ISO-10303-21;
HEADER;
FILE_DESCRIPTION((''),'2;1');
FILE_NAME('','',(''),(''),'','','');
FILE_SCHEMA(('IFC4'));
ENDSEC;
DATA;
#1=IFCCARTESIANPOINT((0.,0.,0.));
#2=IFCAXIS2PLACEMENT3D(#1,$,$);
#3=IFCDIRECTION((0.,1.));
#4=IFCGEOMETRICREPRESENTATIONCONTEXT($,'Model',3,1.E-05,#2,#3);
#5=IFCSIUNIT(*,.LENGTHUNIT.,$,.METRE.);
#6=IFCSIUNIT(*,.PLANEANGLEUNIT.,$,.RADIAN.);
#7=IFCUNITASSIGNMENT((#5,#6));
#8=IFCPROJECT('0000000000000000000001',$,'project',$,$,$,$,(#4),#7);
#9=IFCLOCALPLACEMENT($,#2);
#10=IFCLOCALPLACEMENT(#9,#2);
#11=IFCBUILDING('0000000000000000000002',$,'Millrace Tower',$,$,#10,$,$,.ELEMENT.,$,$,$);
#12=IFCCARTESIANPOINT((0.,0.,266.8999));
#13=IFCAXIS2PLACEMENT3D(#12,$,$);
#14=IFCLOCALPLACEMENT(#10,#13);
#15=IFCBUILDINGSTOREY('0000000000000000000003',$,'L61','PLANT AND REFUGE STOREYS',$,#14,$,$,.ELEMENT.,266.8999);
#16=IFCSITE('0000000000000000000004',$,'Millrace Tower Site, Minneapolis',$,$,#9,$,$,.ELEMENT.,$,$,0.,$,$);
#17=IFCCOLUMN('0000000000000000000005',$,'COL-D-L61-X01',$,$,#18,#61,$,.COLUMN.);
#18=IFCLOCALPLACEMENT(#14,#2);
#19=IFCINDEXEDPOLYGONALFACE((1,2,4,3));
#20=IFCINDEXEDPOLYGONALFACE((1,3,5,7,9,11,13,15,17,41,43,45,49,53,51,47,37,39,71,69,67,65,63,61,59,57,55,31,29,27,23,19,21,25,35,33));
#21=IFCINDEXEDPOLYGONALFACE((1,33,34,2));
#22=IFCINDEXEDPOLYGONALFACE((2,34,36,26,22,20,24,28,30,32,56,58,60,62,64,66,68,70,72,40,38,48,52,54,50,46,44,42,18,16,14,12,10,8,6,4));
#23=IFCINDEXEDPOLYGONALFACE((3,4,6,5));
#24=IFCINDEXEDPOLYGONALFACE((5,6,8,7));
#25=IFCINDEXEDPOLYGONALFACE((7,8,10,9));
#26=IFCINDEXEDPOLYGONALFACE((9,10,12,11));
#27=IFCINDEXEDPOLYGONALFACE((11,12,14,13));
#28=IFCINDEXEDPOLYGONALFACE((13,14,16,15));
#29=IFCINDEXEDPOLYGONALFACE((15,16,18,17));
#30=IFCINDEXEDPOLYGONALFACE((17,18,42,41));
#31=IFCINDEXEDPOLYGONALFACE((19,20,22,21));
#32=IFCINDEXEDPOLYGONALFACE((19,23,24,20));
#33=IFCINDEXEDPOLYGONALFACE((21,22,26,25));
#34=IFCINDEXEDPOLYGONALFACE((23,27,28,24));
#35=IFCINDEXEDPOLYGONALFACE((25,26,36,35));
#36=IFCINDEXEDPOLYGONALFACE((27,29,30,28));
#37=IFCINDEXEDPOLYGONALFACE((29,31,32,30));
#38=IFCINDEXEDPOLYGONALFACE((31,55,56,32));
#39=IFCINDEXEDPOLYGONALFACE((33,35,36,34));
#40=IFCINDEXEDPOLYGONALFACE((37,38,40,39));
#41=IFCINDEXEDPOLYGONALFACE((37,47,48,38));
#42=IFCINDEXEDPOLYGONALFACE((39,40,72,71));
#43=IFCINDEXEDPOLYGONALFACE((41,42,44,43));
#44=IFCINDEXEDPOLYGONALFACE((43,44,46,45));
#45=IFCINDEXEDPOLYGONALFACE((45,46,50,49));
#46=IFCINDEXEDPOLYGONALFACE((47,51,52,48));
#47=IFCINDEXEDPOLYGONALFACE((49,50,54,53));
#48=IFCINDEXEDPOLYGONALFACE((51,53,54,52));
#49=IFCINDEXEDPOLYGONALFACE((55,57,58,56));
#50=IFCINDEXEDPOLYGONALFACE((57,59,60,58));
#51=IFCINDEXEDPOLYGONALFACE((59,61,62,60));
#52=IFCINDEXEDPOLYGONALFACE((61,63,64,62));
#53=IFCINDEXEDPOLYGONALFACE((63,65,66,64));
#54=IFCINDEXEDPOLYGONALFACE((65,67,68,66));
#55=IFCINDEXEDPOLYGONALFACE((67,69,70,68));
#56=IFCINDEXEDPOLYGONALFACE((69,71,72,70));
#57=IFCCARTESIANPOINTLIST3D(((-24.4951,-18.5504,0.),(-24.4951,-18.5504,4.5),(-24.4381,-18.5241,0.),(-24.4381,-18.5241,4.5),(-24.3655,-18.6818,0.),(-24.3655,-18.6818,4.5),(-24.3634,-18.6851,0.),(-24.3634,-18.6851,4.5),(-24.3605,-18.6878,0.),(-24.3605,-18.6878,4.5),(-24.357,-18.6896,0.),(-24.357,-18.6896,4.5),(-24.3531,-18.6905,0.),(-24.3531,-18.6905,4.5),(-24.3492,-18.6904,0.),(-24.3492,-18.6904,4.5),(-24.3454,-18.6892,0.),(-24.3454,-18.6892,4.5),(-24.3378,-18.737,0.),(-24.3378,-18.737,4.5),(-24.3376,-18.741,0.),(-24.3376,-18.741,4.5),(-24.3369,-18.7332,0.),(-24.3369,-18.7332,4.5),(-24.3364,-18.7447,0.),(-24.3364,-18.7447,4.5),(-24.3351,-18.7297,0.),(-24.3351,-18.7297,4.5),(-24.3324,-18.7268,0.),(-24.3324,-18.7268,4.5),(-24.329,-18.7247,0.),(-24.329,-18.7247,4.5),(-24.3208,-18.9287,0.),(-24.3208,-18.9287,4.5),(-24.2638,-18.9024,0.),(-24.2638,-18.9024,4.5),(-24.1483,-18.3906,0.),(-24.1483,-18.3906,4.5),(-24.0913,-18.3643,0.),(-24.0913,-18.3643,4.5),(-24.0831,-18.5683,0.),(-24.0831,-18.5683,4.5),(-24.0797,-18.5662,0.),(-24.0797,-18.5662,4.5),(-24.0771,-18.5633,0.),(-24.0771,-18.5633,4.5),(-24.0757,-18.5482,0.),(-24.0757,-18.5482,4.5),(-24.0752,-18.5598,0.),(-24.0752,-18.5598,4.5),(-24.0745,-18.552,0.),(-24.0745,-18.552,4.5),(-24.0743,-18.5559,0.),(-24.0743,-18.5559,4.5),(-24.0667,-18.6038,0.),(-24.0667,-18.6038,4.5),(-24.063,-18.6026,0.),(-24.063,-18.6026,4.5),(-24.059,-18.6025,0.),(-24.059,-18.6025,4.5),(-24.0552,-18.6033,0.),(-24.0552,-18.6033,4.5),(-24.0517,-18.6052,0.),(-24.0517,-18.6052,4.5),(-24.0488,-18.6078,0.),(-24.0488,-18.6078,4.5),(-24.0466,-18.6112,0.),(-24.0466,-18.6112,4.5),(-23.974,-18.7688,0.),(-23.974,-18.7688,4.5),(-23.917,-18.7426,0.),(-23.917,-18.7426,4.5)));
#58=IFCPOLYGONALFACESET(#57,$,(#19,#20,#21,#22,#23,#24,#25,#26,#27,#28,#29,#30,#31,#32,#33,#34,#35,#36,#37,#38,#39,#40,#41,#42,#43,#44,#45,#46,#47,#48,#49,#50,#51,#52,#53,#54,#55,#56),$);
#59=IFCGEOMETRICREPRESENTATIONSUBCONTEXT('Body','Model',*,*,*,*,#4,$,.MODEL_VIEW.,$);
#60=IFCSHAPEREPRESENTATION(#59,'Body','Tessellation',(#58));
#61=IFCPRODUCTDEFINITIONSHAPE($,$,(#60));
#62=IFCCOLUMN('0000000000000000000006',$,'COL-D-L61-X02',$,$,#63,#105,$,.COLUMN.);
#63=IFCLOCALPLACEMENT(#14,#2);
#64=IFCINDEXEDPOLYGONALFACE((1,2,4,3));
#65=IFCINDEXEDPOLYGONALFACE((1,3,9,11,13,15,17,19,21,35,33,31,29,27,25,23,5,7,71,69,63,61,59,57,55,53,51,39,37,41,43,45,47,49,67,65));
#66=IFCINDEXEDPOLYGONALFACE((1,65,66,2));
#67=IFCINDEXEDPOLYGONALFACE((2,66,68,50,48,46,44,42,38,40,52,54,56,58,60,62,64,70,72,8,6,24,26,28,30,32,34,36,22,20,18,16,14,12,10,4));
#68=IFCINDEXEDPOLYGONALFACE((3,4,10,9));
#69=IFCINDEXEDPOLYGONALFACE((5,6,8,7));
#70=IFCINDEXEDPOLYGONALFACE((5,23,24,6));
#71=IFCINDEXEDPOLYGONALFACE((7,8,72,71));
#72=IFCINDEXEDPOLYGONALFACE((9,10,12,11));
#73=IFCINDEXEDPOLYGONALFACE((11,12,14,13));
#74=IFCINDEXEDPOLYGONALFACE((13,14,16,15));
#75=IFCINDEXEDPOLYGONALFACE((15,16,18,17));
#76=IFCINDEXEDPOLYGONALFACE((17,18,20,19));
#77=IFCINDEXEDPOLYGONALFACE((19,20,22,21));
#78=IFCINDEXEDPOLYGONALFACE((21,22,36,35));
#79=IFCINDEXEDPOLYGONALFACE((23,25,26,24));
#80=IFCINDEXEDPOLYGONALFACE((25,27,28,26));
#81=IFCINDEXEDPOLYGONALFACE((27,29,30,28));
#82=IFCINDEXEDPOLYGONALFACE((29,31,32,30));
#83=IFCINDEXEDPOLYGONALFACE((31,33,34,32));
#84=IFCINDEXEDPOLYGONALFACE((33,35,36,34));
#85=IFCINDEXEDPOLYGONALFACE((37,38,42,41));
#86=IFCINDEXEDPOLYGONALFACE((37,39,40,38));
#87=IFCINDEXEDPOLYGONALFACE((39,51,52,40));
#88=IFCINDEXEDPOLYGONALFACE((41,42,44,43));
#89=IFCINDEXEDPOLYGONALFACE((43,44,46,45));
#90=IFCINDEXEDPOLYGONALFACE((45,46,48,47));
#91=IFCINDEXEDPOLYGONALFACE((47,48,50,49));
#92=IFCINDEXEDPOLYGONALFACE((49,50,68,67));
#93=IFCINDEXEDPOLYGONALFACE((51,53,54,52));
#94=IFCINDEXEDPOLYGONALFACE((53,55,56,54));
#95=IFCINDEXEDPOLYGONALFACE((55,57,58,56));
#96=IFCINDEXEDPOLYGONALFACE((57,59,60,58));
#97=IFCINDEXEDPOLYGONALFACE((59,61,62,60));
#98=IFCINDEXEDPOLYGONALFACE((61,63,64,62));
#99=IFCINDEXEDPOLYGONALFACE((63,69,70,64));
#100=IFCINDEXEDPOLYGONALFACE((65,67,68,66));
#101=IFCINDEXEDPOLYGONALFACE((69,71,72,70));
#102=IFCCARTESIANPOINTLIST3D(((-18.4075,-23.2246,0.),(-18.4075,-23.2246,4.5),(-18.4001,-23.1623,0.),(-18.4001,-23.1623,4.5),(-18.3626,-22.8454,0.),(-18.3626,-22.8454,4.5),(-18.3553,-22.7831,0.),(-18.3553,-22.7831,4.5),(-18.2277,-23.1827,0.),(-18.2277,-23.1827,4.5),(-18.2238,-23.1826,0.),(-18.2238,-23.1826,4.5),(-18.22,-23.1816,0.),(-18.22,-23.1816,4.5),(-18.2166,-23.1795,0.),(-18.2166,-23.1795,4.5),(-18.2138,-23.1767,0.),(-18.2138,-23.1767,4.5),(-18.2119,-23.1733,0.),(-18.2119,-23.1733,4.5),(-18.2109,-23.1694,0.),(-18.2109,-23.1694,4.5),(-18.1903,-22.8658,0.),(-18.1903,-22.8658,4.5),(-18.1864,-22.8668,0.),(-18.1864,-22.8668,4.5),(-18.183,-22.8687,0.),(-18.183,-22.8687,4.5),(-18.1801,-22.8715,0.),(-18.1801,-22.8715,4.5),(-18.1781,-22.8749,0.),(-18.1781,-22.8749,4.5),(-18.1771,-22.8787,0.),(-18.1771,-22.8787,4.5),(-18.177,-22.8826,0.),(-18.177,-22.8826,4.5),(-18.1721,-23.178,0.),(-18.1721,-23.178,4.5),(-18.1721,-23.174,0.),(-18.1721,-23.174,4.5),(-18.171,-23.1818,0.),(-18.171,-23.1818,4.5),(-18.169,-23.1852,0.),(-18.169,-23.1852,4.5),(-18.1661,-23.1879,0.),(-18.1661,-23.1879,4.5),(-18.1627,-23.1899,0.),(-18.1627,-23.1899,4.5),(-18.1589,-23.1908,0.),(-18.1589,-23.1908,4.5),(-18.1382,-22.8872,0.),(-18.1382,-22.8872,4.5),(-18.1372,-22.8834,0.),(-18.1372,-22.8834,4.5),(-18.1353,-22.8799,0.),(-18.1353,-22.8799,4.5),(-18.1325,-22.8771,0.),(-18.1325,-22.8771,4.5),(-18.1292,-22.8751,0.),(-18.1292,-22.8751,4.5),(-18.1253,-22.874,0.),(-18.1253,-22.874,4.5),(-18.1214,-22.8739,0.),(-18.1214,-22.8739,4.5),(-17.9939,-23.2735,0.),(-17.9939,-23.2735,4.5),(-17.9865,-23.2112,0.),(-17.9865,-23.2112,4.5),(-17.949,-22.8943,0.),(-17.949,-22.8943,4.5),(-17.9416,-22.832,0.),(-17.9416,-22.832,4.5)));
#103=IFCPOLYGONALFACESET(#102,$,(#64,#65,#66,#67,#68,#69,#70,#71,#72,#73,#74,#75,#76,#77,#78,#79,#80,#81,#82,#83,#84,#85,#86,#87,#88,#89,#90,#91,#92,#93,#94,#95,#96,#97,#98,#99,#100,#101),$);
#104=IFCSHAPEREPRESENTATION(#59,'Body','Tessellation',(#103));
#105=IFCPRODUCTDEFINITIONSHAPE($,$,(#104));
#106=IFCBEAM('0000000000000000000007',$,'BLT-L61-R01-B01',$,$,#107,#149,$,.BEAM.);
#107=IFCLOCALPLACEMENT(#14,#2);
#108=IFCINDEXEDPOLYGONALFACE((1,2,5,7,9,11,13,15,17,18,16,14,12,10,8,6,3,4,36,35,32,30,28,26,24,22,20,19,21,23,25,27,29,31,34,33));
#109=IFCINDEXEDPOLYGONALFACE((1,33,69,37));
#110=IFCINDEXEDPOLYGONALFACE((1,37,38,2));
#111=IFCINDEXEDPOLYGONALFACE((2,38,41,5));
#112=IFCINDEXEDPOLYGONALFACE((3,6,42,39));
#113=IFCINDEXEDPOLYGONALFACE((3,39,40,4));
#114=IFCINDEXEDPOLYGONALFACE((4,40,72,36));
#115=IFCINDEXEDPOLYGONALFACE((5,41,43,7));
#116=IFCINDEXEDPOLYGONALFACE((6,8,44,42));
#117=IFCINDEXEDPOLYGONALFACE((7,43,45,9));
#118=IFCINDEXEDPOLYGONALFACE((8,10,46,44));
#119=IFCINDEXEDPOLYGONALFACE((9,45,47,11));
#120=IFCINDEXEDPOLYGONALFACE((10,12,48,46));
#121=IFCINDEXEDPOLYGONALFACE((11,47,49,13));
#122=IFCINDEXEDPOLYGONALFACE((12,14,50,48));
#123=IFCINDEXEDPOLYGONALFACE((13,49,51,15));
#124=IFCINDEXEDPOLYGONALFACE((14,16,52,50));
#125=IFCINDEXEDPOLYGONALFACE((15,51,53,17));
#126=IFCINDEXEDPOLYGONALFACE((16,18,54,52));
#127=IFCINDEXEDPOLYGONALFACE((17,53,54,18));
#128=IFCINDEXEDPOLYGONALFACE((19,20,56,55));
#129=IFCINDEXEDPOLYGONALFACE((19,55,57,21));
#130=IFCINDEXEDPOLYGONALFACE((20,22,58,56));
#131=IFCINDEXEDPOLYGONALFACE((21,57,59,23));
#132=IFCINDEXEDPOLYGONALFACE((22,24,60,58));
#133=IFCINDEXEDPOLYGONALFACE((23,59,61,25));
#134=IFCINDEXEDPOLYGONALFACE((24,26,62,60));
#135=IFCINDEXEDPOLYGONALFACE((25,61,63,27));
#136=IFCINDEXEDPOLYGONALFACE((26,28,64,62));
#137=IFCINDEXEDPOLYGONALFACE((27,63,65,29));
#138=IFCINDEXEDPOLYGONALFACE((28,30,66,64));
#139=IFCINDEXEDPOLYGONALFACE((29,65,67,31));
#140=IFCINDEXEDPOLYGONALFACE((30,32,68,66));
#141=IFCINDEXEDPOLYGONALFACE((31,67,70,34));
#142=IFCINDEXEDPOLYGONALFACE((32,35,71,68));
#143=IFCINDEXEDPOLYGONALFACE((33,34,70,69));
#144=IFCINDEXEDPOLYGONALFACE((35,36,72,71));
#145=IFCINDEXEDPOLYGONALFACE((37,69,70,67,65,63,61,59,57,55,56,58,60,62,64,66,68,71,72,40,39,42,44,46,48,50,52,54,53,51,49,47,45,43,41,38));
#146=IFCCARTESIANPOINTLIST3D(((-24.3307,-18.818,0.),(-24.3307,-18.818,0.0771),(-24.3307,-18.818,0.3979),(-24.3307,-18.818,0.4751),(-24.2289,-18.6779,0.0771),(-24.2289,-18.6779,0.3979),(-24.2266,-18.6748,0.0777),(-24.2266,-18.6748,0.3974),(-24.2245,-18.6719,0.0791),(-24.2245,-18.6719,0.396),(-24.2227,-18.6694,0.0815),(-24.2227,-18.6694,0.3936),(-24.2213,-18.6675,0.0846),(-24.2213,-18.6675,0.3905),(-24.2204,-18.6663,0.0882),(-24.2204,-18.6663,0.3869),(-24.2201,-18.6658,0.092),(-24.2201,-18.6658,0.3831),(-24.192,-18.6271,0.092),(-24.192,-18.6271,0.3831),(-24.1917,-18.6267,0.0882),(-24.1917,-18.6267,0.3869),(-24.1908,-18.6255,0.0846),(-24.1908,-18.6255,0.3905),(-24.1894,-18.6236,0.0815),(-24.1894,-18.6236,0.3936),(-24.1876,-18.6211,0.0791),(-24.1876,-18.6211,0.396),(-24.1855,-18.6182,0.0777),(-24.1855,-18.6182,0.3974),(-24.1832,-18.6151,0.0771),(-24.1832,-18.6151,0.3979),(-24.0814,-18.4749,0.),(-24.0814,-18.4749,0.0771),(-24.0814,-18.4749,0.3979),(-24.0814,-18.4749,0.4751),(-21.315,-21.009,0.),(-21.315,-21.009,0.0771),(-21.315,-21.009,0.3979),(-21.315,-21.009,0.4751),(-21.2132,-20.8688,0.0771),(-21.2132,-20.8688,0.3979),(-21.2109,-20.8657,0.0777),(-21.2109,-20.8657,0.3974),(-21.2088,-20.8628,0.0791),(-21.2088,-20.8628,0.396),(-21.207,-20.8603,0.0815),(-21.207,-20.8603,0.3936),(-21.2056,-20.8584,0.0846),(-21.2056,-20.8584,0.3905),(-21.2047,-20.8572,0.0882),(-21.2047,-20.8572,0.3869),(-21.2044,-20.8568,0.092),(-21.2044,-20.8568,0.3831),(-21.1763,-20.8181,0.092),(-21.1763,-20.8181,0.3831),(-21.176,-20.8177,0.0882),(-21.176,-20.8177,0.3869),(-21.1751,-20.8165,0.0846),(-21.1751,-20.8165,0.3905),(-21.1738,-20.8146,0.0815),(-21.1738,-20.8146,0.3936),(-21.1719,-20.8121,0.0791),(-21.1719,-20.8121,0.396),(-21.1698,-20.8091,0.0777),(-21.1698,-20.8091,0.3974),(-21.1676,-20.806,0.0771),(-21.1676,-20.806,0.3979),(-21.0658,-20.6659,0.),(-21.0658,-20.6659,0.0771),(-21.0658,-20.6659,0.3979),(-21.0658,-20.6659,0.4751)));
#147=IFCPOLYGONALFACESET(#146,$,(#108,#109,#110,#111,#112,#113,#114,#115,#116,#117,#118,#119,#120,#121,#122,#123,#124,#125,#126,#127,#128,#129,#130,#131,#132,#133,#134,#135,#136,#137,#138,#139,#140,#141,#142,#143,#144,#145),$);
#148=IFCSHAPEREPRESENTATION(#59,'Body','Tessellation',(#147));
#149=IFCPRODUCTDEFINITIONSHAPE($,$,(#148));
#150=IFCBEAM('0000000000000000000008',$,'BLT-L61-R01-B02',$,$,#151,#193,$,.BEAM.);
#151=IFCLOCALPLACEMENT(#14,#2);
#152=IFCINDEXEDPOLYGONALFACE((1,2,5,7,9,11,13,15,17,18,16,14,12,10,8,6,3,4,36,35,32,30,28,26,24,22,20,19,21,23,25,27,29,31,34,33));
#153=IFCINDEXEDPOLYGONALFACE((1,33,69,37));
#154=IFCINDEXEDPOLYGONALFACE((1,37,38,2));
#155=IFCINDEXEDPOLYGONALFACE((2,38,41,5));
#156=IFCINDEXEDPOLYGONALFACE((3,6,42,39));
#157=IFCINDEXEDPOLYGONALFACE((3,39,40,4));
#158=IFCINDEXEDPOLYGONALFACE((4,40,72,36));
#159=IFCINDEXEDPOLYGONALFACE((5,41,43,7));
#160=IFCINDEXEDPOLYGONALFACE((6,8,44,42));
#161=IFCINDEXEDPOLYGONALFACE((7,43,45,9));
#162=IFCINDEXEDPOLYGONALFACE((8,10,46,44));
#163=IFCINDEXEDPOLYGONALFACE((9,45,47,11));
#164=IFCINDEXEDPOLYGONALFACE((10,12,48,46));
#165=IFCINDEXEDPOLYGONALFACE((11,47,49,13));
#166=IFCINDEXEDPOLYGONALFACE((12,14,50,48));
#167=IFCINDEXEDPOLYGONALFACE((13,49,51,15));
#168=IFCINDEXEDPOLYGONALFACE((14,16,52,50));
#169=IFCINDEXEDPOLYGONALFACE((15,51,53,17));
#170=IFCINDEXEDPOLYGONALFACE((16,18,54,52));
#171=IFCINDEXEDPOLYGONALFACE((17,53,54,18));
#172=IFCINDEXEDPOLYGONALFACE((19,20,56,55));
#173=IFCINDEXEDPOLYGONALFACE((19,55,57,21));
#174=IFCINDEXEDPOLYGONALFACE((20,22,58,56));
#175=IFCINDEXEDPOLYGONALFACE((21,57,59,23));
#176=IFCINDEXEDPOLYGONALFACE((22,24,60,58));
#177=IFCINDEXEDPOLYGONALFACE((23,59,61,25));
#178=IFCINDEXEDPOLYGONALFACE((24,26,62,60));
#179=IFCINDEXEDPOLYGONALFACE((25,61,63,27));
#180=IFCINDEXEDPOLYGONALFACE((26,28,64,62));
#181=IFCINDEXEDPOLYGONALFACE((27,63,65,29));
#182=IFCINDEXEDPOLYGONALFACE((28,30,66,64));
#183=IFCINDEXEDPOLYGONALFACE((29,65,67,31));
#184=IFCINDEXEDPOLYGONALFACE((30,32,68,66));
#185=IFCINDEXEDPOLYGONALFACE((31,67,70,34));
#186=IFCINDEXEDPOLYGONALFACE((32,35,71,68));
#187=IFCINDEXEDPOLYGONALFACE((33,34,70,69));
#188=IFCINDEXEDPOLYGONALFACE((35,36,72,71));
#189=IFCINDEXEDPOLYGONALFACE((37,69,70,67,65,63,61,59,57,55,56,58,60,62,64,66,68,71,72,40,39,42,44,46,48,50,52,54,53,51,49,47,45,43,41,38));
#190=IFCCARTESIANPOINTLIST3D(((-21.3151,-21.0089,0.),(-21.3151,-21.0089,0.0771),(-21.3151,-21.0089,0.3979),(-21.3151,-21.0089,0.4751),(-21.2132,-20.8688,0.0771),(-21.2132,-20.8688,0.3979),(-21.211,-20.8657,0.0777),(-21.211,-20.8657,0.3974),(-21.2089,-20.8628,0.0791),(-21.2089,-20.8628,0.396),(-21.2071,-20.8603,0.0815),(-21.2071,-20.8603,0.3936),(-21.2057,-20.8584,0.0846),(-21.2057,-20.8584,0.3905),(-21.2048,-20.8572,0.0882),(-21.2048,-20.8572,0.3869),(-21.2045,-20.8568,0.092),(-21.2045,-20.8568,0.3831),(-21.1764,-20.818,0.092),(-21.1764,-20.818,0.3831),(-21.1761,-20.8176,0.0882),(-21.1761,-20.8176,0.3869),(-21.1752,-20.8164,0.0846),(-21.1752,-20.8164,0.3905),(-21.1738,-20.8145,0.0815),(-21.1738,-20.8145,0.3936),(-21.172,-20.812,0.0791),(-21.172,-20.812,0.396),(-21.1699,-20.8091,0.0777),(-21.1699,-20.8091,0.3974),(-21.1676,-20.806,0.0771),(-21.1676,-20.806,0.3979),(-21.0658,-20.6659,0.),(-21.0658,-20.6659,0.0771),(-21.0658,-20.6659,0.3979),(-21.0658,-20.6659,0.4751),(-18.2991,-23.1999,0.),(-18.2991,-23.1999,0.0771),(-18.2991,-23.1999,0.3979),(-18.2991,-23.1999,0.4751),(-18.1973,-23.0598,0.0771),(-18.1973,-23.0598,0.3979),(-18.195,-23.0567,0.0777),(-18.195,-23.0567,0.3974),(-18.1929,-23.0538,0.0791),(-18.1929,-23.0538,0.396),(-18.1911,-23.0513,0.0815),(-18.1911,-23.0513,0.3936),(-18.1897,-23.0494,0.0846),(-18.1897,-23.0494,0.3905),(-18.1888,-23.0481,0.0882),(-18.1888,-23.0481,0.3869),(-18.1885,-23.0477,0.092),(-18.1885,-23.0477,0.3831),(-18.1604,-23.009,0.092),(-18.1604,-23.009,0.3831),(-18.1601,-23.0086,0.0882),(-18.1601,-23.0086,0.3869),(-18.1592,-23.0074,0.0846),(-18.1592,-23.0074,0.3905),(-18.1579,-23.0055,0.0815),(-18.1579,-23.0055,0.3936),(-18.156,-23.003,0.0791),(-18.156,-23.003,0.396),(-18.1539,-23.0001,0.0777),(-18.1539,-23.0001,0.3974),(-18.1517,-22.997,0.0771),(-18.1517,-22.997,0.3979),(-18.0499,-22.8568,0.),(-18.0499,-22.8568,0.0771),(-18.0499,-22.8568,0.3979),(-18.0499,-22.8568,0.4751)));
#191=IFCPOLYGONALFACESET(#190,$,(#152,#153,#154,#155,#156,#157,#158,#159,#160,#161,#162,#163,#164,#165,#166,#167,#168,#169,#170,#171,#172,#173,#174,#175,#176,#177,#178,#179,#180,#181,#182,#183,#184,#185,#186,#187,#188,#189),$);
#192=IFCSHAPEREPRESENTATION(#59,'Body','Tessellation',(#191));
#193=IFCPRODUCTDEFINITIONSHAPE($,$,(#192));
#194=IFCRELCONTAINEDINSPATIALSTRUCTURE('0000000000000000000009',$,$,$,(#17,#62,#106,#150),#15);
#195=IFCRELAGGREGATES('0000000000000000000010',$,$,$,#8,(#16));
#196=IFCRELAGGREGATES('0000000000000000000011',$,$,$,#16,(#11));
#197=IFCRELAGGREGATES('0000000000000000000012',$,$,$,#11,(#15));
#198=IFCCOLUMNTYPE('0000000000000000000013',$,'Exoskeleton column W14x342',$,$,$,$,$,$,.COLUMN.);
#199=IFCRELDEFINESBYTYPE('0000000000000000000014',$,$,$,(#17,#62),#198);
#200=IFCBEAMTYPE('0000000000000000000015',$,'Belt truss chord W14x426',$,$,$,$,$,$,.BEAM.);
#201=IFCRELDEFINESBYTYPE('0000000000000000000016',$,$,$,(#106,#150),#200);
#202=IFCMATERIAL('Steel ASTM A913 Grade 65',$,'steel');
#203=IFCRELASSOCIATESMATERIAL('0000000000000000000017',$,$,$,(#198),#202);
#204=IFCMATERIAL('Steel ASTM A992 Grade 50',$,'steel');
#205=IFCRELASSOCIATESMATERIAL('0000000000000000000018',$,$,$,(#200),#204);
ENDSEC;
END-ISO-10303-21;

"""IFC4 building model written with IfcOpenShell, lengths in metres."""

from ifc_helpers import new_model, si_unit, direction, frame, origin, origin_2d, place, context, subcontext, project, spatial, i_section, extrude, material, material_profile, profile_set, type_object, element, save


model = new_model("IFC4")

# Units and contexts
model_context = context("Model", 3, precision=1e-05, world=origin(), true_north=direction((0.0, 1.0)))
body_context = subcontext(model_context, "Body", "Model", "MODEL_VIEW")
ifc_project = project(units=[si_unit("LENGTHUNIT", "METRE"), si_unit("PLANEANGLEUNIT", "RADIAN")], contexts=[model_context])

# Site, building, storey
site_placement = place(None, origin())
site = spatial("IfcSite", under=ifc_project, at=site_placement, Name="Millrace Tower Site, Minneapolis", CompositionType="ELEMENT", RefElevation=0.0)
building_placement = place(site_placement, origin())
building = spatial("IfcBuilding", under=site, at=building_placement, Name="Millrace Tower", CompositionType="ELEMENT")
storey_placement = place(building_placement, frame((0.0, 0.0, 266.8999)))
storey = spatial("IfcBuildingStorey", under=building, at=storey_placement, Name="L61", Description="PLANT AND REFUGE STOREYS", CompositionType="ELEMENT", Elevation=266.8999)

# Columns
ifc_material_1 = material(Name="Steel ASTM A913 Grade 65", Category="steel")
ifc_material_profile_1 = material_profile(ifc_material_1, i_section(OverallWidth=0.4165, OverallDepth=0.4446, WebThickness=0.0391, FlangeThickness=0.0627, FilletRadius=0.0151, at=origin_2d()))
ifc_profile_set_1 = profile_set([ifc_material_profile_1], Name="Steel ASTM A913 Grade 65")
column_type = type_object("IfcColumnType", Name="Exoskeleton column W14x342", PredefinedType="COLUMN", material=ifc_profile_set_1)
for number, where, z_axis, x_axis, name in (
    (1, (-24.2061, -18.6465, 0.0), (0.0, 0.0, 1.0), (0.418553, -0.908192, 0.0), "COL-D-L61-X01"),
    (2, (-18.1746, -23.0283, 0.0), (0.0, 0.0, 1.0), (0.993082, -0.117421, 0.0), "COL-D-L61-X02"),
):
    element("IfcColumn", number, at=place(storey_placement, frame(where, z_axis=z_axis, x_axis=x_axis)), inside=storey, type_object=column_type, Name=name, PredefinedType="COLUMN", context=body_context, shape_type="SweptSolid", body=[
        extrude(i_section(OverallWidth=0.4165, OverallDepth=0.4446, WebThickness=0.0391, FlangeThickness=0.0627, FilletRadius=0.0151, at=origin_2d()), origin(), (0.0, 0.0, 1.0), 4.5),
    ])

# Beams
ifc_material_2 = material(Name="Steel ASTM A992 Grade 50", Category="steel")
ifc_material_profile_2 = material_profile(ifc_material_2, i_section(OverallWidth=0.4241, OverallDepth=0.4751, WebThickness=0.0479, FlangeThickness=0.0771, FilletRadius=0.0149, at=origin_2d()))
ifc_profile_set_2 = profile_set([ifc_material_profile_2], Name="Steel ASTM A992 Grade 50")
beam_type_1 = type_object("IfcBeamType", Name="Belt truss chord W14x426", PredefinedType="BEAM", material=ifc_profile_set_2)
beam_1_placement = place(storey_placement, frame((-24.2061, -18.6465, 0.2375), z_axis=(0.809025, -0.587774, 0.0), x_axis=(0.587774, 0.809025, 0.0)))
element("IfcBeam", 3, at=beam_1_placement, inside=storey, type_object=beam_type_1, Name="BLT-L61-R01-B01", PredefinedType="BEAM", context=body_context, shape_type="SweptSolid", body=[
    extrude(i_section(OverallWidth=0.4241, OverallDepth=0.4751, WebThickness=0.0479, FlangeThickness=0.0771, FilletRadius=0.0149, at=origin_2d()), origin(), (0.0, 0.0, 1.0), 3.7275),
])
beam_2_placement = place(storey_placement, frame((-21.1904, -20.8374, 0.2375), z_axis=(0.809048, -0.587743, 0.0), x_axis=(0.587743, 0.809048, 0.0)))
element("IfcBeam", 4, at=beam_2_placement, inside=storey, type_object=beam_type_1, Name="BLT-L61-R01-B02", PredefinedType="BEAM", context=body_context, shape_type="SweptSolid", body=[
    extrude(i_section(OverallWidth=0.4241, OverallDepth=0.4751, WebThickness=0.0479, FlangeThickness=0.0771, FilletRadius=0.0149, at=origin_2d()), origin(), (0.0, 0.0, 1.0), 3.7278),
])

save(model, "model.ifc")
